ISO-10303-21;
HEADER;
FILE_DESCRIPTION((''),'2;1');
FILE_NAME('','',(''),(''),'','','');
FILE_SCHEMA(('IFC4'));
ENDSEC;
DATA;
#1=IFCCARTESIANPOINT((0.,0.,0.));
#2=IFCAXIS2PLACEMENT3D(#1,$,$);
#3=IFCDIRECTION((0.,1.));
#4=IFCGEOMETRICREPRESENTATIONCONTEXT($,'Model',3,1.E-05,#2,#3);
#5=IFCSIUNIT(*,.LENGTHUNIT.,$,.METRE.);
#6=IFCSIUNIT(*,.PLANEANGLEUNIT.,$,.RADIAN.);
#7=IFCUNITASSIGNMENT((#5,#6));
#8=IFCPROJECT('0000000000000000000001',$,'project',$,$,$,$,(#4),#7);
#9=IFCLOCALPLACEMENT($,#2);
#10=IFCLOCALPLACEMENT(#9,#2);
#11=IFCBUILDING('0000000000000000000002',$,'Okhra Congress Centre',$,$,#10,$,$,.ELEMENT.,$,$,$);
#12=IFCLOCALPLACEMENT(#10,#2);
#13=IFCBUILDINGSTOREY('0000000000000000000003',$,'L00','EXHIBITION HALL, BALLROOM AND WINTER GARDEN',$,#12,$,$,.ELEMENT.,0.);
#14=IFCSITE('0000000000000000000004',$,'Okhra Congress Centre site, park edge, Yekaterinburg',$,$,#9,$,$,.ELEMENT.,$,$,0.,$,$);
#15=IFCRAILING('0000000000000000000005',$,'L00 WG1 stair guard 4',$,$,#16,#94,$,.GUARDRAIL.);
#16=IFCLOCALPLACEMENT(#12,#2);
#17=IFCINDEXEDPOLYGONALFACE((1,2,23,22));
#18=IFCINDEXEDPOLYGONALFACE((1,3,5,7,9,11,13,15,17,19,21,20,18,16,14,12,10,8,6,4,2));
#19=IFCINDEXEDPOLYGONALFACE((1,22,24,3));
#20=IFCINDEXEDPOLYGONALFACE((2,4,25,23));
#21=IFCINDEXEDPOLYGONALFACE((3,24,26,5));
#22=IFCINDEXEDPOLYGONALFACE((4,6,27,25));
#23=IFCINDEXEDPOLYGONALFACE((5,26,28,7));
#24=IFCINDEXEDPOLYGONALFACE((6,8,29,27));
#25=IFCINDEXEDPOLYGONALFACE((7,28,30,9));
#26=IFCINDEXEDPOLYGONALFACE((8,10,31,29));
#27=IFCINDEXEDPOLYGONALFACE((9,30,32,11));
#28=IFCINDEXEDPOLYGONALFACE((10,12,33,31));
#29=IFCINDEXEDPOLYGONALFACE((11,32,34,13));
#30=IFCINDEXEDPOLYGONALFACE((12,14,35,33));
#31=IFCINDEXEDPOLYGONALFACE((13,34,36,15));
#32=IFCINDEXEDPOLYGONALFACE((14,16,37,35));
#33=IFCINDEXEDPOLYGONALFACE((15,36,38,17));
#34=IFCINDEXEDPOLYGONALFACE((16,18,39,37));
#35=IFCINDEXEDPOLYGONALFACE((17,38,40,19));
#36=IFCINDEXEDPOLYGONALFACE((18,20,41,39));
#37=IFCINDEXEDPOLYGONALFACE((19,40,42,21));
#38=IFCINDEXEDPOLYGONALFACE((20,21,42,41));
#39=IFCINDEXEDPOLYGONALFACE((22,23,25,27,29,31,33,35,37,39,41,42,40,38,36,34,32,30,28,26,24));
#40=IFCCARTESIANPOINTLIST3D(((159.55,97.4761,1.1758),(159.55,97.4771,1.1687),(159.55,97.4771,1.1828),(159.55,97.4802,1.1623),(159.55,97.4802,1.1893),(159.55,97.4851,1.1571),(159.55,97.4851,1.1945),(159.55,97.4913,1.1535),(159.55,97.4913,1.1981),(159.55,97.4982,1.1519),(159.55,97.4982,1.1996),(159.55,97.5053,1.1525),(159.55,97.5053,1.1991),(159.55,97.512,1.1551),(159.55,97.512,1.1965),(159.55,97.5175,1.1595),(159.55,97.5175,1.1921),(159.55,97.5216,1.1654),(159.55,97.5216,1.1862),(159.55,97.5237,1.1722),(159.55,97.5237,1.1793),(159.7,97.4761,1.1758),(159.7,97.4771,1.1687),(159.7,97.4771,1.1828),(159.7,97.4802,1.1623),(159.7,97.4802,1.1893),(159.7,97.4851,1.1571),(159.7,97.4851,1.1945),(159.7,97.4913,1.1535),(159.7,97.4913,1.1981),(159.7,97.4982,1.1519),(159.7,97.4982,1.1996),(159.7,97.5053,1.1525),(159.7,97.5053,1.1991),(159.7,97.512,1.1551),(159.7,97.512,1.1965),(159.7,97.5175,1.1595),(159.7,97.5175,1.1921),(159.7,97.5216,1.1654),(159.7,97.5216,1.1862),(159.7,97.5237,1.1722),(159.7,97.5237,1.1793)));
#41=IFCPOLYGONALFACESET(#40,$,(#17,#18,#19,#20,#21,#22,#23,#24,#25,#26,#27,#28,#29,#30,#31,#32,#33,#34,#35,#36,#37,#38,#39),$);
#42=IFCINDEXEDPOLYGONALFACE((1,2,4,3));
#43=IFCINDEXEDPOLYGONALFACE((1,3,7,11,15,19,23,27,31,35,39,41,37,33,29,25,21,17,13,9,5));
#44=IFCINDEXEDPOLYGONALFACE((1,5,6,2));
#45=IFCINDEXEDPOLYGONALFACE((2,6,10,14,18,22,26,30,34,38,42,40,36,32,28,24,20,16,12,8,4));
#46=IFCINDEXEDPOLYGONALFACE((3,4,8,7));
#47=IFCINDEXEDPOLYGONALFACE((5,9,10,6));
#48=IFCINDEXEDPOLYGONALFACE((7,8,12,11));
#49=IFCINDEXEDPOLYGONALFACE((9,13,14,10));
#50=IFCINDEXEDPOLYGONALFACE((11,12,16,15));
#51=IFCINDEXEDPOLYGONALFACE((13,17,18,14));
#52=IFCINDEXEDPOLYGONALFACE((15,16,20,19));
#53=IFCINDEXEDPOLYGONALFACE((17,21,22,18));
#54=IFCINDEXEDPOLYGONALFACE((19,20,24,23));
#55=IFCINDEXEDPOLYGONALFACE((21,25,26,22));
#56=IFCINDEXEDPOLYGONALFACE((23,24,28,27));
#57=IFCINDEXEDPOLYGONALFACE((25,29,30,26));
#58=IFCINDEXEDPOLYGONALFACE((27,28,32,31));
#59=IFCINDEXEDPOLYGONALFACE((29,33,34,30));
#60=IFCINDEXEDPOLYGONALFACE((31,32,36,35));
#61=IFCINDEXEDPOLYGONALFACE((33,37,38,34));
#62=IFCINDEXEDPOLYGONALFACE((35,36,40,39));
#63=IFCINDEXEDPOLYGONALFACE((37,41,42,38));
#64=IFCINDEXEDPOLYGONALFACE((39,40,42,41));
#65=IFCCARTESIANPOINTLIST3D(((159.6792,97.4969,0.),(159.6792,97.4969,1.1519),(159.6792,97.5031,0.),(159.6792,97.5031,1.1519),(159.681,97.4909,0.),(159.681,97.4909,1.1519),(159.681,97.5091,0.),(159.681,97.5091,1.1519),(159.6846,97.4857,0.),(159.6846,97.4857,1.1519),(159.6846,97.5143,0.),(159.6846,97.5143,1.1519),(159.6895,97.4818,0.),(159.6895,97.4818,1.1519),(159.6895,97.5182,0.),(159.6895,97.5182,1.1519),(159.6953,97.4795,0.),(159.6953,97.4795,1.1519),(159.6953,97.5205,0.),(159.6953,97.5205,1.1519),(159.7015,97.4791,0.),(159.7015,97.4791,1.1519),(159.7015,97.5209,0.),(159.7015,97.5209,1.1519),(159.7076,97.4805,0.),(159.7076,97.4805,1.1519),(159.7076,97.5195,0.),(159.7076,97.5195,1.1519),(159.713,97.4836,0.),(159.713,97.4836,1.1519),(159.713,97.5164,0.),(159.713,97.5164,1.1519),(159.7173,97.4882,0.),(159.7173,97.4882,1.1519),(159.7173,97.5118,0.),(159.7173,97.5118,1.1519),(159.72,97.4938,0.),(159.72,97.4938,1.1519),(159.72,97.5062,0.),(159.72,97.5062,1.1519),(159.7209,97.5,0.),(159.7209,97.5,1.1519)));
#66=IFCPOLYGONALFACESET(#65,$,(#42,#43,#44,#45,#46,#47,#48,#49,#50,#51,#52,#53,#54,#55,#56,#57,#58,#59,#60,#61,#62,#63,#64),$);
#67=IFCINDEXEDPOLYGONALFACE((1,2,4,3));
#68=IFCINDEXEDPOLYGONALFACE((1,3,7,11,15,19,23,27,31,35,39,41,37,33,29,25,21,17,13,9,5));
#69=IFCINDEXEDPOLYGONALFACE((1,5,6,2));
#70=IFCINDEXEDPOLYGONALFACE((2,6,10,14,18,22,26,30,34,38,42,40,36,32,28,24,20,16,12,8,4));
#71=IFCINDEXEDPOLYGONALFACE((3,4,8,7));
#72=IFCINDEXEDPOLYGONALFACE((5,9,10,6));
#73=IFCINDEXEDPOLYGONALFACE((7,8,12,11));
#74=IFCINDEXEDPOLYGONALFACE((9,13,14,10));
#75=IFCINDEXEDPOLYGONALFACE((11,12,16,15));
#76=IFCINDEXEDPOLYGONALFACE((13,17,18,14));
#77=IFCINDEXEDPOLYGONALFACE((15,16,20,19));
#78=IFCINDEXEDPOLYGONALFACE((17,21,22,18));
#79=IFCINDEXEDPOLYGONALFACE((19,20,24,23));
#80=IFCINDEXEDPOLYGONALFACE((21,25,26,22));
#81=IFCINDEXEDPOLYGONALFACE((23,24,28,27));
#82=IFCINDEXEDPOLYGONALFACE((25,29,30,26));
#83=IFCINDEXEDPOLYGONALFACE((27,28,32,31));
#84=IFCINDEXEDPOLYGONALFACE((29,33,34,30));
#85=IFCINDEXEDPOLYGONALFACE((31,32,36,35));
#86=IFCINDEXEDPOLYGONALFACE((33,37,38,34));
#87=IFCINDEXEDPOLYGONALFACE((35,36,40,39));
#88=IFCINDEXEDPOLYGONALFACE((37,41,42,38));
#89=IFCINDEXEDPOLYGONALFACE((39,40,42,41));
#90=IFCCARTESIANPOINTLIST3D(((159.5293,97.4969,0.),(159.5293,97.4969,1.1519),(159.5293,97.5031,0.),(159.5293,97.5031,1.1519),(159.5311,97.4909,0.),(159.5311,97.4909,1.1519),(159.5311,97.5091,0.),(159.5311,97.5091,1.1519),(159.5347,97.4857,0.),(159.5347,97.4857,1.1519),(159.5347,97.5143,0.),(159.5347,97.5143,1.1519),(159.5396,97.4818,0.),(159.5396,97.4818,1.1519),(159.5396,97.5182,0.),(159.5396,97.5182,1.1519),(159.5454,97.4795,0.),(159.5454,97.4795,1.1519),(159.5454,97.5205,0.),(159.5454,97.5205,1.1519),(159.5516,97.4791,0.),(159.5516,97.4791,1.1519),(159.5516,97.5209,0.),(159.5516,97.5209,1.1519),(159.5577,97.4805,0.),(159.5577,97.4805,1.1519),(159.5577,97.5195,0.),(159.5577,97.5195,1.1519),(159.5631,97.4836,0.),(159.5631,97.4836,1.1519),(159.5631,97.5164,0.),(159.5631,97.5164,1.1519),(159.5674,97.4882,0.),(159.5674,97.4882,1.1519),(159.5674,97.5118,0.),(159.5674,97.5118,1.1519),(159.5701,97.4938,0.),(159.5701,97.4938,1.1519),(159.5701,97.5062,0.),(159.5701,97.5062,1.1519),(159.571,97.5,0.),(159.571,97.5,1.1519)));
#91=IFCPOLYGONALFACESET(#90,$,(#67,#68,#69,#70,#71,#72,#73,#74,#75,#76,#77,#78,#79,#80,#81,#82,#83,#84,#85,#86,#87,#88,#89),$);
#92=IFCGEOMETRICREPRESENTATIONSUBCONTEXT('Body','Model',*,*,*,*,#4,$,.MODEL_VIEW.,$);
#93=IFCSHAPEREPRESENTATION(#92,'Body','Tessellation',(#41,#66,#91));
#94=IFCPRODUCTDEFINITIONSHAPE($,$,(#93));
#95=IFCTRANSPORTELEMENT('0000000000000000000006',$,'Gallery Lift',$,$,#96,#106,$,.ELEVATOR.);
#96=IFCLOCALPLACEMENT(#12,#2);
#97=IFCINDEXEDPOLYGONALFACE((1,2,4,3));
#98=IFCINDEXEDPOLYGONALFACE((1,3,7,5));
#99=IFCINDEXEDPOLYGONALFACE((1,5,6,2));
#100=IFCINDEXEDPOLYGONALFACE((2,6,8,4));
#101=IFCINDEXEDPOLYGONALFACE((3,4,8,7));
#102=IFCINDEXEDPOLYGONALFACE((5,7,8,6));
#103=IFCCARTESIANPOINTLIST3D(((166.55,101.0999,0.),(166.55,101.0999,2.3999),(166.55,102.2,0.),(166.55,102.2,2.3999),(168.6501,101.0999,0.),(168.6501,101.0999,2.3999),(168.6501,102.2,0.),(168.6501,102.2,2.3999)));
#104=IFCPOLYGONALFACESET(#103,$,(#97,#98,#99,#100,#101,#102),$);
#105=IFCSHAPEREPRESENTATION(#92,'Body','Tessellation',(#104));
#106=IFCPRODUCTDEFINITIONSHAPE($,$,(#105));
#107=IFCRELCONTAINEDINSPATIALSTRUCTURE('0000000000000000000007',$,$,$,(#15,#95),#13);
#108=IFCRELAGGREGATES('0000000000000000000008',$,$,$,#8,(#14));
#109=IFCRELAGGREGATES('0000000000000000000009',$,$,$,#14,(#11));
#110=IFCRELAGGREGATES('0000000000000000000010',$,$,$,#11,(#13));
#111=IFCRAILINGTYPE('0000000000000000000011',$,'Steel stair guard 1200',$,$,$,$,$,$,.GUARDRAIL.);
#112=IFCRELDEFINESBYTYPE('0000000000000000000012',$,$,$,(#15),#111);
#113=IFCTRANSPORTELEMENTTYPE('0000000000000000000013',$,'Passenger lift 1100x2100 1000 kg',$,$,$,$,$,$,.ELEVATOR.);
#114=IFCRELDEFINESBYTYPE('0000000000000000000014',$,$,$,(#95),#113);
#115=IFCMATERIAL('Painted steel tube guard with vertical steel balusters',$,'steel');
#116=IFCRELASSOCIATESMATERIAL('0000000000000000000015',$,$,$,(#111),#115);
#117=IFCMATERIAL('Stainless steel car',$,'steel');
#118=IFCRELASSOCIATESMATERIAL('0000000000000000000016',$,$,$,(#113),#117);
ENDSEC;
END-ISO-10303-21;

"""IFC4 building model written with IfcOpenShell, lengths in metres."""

from ifc_helpers import new_model, si_unit, direction, frame, origin, origin_2d, place, context, subcontext, project, spatial, rectangle, circle, extrude, material, type_object, element, save


model = new_model("IFC4")

# Units and contexts
model_context = context("Model", 3, precision=1e-05, world=origin(), true_north=direction((0.0, 1.0)))
body_context = subcontext(model_context, "Body", "Model", "MODEL_VIEW")
ifc_project = project(units=[si_unit("LENGTHUNIT", "METRE"), si_unit("PLANEANGLEUNIT", "RADIAN")], contexts=[model_context])

# Site, building, storey
site_placement = place(None, origin())
site = spatial("IfcSite", under=ifc_project, at=site_placement, Name="Okhra Congress Centre site, park edge, Yekaterinburg", CompositionType="ELEMENT", RefElevation=0.0)
building_placement = place(site_placement, origin())
building = spatial("IfcBuilding", under=site, at=building_placement, Name="Okhra Congress Centre", CompositionType="ELEMENT")
storey_placement = place(building_placement, origin())
storey = spatial("IfcBuildingStorey", under=building, at=storey_placement, Name="L00", Description="EXHIBITION HALL, BALLROOM AND WINTER GARDEN", CompositionType="ELEMENT", Elevation=0.0)

# Railing
ifc_material_1 = material(Name="Painted steel tube guard with vertical steel balusters", Category="steel")
railing_type_1 = type_object("IfcRailingType", Name="Steel stair guard 1200", PredefinedType="GUARDRAIL", material=ifc_material_1)
railing_1_placement = place(storey_placement, frame((159.7, 97.5, 0.0)))
element("IfcRailing", 1, at=railing_1_placement, inside=storey, type_object=railing_type_1, Name="L00 WG1 stair guard 4", PredefinedType="GUARDRAIL", context=body_context, shape_type="SweptSolid", body=[
    extrude(circle(Radius=0.0239, at=origin_2d()), frame((0.0, 0.0, 1.1758), z_axis=(-1.0, 0.0, 0.0), x_axis=(0.0, -1.0, 0.0)), (0.0, 0.0, 1.0), 0.1499),
    extrude(circle(Radius=0.021, at=origin_2d()), origin(), (0.0, 0.0, 1.0), 1.1519),
    extrude(circle(Radius=0.021, at=origin_2d()), frame((-0.1499, 0.0, 0.0)), (0.0, 0.0, 1.0), 1.1519),
])

# Transport element
ifc_material_2 = material(Name="Stainless steel car", Category="steel")
transport_element_type = type_object("IfcTransportElementType", Name="Passenger lift 1100x2100 1000 kg", PredefinedType="ELEVATOR", material=ifc_material_2)
transport_element_placement = place(storey_placement, frame((167.6001, 101.6499, 0.0), z_axis=(0.0, 0.0, 1.0), x_axis=(0.0, 1.0, 0.0)))
element("IfcTransportElement", 2, at=transport_element_placement, inside=storey, type_object=transport_element_type, Name="Gallery Lift", PredefinedType="ELEVATOR", context=body_context, shape_type="SweptSolid", body=[
    extrude(rectangle(XDim=1.1001, YDim=2.1001, at=origin_2d()), origin(), (0.0, 0.0, 1.0), 2.3999),
])

save(model, "model.ifc")
